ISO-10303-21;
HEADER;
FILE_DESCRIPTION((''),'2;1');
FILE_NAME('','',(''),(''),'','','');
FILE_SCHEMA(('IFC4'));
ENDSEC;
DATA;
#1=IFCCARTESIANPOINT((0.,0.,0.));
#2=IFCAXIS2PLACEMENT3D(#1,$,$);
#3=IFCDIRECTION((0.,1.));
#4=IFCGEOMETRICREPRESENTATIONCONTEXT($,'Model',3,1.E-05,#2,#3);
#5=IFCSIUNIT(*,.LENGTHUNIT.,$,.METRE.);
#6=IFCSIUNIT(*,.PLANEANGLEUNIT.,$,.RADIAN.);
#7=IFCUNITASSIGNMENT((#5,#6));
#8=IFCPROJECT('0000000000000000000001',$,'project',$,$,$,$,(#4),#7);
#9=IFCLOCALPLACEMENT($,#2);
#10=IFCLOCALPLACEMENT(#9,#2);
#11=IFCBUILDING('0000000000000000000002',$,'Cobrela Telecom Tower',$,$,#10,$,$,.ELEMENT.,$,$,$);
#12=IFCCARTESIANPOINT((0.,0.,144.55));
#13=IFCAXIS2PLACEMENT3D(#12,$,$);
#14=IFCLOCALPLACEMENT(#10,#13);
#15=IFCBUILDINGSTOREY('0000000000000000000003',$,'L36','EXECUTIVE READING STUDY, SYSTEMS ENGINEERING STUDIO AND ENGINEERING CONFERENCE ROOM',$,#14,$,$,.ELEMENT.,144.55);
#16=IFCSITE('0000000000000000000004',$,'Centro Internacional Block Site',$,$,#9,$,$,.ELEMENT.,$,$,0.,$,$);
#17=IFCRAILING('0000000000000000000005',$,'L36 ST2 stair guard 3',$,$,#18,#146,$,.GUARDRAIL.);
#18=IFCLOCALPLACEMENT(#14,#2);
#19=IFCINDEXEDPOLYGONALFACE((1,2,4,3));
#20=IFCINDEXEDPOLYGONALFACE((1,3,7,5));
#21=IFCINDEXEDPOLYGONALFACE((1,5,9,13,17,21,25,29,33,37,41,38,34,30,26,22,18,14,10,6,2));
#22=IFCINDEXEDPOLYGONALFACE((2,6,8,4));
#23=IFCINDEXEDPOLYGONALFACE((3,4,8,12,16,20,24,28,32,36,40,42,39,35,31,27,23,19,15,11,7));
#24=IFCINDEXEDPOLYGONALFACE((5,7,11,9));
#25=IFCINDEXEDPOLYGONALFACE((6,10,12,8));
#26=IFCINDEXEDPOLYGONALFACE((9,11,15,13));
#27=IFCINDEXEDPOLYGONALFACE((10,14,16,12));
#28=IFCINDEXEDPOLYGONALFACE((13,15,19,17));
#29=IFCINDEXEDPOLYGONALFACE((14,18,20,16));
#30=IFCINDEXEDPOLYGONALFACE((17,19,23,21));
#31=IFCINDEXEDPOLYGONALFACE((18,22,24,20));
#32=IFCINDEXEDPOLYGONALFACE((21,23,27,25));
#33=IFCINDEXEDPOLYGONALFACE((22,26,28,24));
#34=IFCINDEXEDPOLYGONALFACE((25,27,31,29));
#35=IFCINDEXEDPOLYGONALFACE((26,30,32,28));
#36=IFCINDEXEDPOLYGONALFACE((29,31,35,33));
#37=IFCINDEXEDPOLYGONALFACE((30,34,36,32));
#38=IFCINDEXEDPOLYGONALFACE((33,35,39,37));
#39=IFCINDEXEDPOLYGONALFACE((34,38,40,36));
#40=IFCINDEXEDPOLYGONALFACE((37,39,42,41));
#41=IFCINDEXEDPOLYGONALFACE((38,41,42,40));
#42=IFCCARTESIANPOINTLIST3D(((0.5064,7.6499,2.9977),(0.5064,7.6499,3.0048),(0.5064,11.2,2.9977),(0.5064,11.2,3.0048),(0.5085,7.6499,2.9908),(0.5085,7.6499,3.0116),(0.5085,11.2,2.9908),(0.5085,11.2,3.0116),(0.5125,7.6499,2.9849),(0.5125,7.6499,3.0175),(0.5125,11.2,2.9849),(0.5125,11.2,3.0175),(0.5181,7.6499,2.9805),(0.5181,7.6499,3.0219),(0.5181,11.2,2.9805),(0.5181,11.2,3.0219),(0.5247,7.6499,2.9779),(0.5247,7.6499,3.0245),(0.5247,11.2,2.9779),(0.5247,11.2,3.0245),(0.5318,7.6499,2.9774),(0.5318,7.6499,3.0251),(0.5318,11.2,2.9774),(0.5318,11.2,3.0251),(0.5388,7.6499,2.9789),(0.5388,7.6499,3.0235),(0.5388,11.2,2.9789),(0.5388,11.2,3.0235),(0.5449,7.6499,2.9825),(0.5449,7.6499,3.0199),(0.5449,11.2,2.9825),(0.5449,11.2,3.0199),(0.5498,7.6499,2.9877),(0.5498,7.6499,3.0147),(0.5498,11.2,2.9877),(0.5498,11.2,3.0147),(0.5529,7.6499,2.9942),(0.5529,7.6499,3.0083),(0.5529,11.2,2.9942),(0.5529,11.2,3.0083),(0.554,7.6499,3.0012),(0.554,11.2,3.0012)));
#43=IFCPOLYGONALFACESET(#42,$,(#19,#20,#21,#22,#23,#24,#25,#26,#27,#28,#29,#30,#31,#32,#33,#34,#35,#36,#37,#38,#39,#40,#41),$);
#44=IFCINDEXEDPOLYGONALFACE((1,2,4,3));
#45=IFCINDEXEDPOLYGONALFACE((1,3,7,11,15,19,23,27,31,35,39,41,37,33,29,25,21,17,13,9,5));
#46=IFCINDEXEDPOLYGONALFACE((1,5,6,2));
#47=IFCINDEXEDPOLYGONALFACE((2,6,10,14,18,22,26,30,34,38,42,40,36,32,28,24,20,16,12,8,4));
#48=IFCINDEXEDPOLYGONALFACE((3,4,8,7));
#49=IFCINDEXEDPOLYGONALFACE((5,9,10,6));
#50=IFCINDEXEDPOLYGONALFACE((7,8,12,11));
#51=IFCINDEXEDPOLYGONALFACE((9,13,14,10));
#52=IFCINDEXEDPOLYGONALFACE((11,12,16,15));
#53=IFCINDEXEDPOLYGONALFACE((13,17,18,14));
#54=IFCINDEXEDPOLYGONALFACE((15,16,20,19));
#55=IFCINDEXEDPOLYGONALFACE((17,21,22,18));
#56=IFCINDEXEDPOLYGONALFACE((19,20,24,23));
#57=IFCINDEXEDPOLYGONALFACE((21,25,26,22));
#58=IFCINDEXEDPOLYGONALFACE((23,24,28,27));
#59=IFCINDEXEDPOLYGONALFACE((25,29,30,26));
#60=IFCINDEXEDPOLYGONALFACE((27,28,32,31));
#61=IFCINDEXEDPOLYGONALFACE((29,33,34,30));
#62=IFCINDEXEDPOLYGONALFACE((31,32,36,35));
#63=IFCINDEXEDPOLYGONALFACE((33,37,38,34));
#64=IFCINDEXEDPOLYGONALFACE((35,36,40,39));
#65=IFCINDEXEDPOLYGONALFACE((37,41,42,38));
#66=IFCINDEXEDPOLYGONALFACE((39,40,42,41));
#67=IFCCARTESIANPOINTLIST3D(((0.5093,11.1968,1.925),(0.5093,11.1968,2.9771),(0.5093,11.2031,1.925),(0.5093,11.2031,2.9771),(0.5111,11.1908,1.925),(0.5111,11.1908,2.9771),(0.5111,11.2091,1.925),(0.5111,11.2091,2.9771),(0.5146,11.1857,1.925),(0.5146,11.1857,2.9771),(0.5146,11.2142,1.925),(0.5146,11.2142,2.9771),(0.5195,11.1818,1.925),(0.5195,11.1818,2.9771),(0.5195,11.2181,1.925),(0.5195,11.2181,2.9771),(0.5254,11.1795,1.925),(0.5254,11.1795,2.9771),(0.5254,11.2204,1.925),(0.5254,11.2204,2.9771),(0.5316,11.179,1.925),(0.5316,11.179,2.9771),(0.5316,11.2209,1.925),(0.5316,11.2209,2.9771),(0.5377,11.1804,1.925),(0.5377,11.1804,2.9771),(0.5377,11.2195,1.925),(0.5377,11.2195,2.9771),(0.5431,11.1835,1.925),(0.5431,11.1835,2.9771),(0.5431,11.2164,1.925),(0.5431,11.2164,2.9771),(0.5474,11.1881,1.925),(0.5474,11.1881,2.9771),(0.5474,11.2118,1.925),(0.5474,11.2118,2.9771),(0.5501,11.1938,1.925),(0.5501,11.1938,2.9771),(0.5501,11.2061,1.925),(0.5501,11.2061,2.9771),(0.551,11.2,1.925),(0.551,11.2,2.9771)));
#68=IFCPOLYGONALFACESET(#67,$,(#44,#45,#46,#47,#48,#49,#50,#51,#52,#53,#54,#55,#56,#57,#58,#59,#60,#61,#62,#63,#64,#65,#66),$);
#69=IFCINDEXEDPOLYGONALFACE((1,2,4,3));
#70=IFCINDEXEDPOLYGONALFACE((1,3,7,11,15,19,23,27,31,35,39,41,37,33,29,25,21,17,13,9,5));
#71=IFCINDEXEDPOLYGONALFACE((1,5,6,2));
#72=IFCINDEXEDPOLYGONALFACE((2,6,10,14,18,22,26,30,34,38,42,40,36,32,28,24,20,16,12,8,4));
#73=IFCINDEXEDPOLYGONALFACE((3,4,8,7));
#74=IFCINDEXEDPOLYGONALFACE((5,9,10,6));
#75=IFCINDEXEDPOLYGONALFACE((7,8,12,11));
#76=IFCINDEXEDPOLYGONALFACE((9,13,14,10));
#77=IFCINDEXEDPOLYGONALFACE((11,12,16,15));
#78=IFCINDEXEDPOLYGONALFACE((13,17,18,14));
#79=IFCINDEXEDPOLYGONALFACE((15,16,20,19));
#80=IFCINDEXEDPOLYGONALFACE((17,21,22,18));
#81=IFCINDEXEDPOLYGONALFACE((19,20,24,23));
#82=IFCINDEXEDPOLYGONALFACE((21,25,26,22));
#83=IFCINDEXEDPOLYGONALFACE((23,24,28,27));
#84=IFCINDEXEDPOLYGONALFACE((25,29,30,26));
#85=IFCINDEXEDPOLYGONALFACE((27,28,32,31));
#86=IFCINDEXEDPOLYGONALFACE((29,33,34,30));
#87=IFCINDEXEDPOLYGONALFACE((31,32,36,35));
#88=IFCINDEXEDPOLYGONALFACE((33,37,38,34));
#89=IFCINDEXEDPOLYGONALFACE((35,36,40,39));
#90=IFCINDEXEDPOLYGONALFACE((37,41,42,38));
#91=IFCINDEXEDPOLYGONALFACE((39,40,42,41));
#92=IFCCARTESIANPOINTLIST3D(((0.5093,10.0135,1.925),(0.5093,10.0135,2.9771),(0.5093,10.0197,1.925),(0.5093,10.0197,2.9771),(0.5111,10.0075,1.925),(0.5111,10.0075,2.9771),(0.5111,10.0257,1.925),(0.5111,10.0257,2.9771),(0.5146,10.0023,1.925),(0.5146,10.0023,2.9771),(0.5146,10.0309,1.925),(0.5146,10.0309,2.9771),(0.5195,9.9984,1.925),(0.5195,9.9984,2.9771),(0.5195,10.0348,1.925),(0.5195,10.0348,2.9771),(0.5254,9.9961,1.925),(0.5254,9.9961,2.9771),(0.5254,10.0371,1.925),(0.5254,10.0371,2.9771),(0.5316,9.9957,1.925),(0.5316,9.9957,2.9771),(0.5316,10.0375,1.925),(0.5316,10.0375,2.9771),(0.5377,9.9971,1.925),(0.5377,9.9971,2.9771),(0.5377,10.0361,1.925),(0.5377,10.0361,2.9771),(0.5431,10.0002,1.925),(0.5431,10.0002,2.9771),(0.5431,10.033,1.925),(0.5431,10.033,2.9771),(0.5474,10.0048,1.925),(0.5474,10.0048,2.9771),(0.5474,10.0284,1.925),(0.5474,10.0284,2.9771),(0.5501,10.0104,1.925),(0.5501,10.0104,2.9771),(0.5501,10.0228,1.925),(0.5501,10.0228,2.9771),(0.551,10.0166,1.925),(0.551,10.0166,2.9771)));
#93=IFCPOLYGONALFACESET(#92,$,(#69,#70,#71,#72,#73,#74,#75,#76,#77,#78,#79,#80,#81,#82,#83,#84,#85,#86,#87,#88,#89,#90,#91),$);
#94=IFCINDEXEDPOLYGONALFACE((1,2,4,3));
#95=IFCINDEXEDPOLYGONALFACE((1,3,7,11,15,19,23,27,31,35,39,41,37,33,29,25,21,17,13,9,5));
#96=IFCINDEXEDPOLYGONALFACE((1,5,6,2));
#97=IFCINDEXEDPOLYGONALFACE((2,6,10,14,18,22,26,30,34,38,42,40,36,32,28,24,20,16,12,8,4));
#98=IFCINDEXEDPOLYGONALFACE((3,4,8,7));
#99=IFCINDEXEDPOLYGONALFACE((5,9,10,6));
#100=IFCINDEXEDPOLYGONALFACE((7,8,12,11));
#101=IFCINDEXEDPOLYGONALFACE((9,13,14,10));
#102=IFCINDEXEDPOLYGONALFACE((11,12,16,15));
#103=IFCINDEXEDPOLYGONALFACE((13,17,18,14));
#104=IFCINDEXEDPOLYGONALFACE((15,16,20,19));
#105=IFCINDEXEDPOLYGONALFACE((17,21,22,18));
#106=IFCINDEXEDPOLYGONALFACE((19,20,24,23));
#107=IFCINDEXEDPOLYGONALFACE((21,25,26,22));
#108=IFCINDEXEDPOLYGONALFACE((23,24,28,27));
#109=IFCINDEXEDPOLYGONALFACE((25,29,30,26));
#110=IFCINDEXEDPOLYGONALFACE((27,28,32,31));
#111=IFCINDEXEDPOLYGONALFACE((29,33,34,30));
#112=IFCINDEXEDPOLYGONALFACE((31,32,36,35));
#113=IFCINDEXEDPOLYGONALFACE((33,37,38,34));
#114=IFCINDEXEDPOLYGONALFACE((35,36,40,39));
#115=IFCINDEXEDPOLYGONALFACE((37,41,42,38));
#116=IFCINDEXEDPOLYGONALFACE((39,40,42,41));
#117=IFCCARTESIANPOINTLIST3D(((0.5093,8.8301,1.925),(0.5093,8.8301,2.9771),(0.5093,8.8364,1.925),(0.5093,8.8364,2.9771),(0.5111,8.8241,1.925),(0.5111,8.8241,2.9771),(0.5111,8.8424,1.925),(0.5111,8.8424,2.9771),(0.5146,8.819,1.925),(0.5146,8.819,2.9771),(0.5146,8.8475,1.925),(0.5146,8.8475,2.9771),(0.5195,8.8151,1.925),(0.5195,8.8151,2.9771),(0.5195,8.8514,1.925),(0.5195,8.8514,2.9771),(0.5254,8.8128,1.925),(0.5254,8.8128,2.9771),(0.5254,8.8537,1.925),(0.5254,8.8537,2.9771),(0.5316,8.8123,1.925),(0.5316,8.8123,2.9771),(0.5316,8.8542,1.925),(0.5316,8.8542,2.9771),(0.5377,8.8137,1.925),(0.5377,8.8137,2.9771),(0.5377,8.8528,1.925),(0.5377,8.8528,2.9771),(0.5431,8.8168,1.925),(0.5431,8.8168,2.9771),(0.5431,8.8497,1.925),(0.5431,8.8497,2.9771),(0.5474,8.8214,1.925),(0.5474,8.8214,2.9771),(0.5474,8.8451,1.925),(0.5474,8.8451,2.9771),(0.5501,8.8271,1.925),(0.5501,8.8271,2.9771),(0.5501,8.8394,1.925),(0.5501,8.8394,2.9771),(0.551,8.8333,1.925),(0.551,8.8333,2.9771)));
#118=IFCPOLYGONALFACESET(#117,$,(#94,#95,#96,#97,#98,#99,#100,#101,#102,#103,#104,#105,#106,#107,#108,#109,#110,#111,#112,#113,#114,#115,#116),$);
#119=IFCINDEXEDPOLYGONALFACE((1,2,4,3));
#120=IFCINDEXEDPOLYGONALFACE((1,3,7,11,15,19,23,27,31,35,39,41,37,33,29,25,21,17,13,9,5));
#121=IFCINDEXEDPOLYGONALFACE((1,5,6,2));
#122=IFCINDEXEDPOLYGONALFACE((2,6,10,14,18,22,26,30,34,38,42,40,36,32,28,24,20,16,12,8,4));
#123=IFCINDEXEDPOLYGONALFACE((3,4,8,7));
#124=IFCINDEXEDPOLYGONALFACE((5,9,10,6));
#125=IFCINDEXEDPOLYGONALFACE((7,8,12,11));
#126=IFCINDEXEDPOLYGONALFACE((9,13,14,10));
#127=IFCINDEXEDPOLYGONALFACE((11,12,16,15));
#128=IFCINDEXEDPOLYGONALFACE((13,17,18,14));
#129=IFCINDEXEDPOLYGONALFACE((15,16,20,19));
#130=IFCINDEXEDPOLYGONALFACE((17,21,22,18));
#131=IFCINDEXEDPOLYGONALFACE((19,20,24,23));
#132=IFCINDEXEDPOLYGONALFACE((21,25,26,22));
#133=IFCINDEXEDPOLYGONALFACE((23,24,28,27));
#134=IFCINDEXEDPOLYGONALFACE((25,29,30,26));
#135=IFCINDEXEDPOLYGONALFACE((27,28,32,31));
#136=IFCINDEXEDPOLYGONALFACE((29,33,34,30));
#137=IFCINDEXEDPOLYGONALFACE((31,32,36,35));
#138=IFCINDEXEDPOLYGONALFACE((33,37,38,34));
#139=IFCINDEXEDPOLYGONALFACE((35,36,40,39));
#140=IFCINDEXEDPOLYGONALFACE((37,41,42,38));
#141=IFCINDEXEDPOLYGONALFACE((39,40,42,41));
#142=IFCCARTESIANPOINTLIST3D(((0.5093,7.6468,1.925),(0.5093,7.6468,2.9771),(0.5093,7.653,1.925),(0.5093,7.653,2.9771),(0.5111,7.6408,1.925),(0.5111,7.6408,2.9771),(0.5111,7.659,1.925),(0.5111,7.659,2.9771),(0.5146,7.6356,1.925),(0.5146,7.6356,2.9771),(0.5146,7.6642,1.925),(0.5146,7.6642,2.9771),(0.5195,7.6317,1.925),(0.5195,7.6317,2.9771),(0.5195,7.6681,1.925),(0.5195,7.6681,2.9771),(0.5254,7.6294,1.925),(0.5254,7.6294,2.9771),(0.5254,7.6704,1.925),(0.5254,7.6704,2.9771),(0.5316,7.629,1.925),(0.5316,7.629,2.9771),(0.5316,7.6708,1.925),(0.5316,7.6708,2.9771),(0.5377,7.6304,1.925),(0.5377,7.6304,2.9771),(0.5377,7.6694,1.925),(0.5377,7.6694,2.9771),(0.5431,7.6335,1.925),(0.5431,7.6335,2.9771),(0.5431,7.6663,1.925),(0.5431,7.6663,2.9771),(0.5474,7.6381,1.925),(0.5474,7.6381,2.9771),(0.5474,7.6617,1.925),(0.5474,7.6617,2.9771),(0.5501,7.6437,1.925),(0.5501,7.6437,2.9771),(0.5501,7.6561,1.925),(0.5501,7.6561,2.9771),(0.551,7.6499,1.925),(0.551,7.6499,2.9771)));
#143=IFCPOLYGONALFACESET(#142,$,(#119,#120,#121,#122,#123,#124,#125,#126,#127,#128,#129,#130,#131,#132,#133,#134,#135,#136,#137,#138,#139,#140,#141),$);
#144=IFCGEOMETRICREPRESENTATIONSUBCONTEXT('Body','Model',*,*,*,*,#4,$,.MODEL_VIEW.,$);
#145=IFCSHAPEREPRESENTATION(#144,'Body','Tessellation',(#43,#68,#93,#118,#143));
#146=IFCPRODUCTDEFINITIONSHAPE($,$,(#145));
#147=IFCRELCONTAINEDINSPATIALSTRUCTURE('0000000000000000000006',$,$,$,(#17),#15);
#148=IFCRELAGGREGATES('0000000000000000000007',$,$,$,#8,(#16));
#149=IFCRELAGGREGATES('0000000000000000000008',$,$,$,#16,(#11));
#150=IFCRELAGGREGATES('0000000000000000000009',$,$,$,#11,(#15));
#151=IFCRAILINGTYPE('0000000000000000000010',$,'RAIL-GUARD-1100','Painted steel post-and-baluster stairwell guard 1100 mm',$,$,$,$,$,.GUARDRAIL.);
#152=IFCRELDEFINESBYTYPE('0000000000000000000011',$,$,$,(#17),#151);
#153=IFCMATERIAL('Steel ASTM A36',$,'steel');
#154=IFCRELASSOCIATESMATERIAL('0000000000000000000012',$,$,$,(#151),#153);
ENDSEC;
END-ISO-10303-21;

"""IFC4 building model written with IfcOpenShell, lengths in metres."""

from ifc_helpers import new_model, si_unit, direction, frame, origin, origin_2d, place, context, subcontext, project, spatial, circle, extrude, material, type_object, element, save


model = new_model("IFC4")

# Units and contexts
model_context = context("Model", 3, precision=1e-05, world=origin(), true_north=direction((0.0, 1.0)))
body_context = subcontext(model_context, "Body", "Model", "MODEL_VIEW")
ifc_project = project(units=[si_unit("LENGTHUNIT", "METRE"), si_unit("PLANEANGLEUNIT", "RADIAN")], contexts=[model_context])

# Site, building, storey
site_placement = place(None, origin())
site = spatial("IfcSite", under=ifc_project, at=site_placement, Name="Centro Internacional Block Site", CompositionType="ELEMENT", RefElevation=0.0)
building_placement = place(site_placement, origin())
building = spatial("IfcBuilding", under=site, at=building_placement, Name="Cobrela Telecom Tower", CompositionType="ELEMENT")
storey_placement = place(building_placement, frame((0.0, 0.0, 144.55)))
storey = spatial("IfcBuildingStorey", under=building, at=storey_placement, Name="L36", Description="EXECUTIVE READING STUDY, SYSTEMS ENGINEERING STUDIO AND ENGINEERING CONFERENCE ROOM", CompositionType="ELEMENT", Elevation=144.55)

# Shared definitions
ifc_material_1 = material(Name="Steel ASTM A36", Category="steel")

# Railing
railing_type_1 = type_object("IfcRailingType", Name="RAIL-GUARD-1100", Description="Painted steel post-and-baluster stairwell guard 1100 mm", PredefinedType="GUARDRAIL", material=ifc_material_1)
railing_1_placement = place(storey_placement, frame((0.53, 11.2, 1.925)))
element("IfcRailing", 1, at=railing_1_placement, inside=storey, type_object=railing_type_1, Name="L36 ST2 stair guard 3", PredefinedType="GUARDRAIL", context=body_context, shape_type="SweptSolid", body=[
    extrude(circle(Radius=0.0239, at=origin_2d()), frame((0.0, 0.0, 1.0762), z_axis=(0.0, -1.0, 0.0), x_axis=(1.0, 0.0, 0.0)), (0.0, 0.0, 1.0), 3.55),
    extrude(circle(Radius=0.021, at=origin_2d()), origin(), (0.0, 0.0, 1.0), 1.052),
    extrude(circle(Radius=0.021, at=origin_2d()), frame((0.0, -1.1833, 0.0)), (0.0, 0.0, 1.0), 1.052),
    extrude(circle(Radius=0.021, at=origin_2d()), frame((0.0, -2.3667, 0.0)), (0.0, 0.0, 1.0), 1.052),
    extrude(circle(Radius=0.021, at=origin_2d()), frame((0.0, -3.55, 0.0)), (0.0, 0.0, 1.0), 1.052),
])

save(model, "model.ifc")
